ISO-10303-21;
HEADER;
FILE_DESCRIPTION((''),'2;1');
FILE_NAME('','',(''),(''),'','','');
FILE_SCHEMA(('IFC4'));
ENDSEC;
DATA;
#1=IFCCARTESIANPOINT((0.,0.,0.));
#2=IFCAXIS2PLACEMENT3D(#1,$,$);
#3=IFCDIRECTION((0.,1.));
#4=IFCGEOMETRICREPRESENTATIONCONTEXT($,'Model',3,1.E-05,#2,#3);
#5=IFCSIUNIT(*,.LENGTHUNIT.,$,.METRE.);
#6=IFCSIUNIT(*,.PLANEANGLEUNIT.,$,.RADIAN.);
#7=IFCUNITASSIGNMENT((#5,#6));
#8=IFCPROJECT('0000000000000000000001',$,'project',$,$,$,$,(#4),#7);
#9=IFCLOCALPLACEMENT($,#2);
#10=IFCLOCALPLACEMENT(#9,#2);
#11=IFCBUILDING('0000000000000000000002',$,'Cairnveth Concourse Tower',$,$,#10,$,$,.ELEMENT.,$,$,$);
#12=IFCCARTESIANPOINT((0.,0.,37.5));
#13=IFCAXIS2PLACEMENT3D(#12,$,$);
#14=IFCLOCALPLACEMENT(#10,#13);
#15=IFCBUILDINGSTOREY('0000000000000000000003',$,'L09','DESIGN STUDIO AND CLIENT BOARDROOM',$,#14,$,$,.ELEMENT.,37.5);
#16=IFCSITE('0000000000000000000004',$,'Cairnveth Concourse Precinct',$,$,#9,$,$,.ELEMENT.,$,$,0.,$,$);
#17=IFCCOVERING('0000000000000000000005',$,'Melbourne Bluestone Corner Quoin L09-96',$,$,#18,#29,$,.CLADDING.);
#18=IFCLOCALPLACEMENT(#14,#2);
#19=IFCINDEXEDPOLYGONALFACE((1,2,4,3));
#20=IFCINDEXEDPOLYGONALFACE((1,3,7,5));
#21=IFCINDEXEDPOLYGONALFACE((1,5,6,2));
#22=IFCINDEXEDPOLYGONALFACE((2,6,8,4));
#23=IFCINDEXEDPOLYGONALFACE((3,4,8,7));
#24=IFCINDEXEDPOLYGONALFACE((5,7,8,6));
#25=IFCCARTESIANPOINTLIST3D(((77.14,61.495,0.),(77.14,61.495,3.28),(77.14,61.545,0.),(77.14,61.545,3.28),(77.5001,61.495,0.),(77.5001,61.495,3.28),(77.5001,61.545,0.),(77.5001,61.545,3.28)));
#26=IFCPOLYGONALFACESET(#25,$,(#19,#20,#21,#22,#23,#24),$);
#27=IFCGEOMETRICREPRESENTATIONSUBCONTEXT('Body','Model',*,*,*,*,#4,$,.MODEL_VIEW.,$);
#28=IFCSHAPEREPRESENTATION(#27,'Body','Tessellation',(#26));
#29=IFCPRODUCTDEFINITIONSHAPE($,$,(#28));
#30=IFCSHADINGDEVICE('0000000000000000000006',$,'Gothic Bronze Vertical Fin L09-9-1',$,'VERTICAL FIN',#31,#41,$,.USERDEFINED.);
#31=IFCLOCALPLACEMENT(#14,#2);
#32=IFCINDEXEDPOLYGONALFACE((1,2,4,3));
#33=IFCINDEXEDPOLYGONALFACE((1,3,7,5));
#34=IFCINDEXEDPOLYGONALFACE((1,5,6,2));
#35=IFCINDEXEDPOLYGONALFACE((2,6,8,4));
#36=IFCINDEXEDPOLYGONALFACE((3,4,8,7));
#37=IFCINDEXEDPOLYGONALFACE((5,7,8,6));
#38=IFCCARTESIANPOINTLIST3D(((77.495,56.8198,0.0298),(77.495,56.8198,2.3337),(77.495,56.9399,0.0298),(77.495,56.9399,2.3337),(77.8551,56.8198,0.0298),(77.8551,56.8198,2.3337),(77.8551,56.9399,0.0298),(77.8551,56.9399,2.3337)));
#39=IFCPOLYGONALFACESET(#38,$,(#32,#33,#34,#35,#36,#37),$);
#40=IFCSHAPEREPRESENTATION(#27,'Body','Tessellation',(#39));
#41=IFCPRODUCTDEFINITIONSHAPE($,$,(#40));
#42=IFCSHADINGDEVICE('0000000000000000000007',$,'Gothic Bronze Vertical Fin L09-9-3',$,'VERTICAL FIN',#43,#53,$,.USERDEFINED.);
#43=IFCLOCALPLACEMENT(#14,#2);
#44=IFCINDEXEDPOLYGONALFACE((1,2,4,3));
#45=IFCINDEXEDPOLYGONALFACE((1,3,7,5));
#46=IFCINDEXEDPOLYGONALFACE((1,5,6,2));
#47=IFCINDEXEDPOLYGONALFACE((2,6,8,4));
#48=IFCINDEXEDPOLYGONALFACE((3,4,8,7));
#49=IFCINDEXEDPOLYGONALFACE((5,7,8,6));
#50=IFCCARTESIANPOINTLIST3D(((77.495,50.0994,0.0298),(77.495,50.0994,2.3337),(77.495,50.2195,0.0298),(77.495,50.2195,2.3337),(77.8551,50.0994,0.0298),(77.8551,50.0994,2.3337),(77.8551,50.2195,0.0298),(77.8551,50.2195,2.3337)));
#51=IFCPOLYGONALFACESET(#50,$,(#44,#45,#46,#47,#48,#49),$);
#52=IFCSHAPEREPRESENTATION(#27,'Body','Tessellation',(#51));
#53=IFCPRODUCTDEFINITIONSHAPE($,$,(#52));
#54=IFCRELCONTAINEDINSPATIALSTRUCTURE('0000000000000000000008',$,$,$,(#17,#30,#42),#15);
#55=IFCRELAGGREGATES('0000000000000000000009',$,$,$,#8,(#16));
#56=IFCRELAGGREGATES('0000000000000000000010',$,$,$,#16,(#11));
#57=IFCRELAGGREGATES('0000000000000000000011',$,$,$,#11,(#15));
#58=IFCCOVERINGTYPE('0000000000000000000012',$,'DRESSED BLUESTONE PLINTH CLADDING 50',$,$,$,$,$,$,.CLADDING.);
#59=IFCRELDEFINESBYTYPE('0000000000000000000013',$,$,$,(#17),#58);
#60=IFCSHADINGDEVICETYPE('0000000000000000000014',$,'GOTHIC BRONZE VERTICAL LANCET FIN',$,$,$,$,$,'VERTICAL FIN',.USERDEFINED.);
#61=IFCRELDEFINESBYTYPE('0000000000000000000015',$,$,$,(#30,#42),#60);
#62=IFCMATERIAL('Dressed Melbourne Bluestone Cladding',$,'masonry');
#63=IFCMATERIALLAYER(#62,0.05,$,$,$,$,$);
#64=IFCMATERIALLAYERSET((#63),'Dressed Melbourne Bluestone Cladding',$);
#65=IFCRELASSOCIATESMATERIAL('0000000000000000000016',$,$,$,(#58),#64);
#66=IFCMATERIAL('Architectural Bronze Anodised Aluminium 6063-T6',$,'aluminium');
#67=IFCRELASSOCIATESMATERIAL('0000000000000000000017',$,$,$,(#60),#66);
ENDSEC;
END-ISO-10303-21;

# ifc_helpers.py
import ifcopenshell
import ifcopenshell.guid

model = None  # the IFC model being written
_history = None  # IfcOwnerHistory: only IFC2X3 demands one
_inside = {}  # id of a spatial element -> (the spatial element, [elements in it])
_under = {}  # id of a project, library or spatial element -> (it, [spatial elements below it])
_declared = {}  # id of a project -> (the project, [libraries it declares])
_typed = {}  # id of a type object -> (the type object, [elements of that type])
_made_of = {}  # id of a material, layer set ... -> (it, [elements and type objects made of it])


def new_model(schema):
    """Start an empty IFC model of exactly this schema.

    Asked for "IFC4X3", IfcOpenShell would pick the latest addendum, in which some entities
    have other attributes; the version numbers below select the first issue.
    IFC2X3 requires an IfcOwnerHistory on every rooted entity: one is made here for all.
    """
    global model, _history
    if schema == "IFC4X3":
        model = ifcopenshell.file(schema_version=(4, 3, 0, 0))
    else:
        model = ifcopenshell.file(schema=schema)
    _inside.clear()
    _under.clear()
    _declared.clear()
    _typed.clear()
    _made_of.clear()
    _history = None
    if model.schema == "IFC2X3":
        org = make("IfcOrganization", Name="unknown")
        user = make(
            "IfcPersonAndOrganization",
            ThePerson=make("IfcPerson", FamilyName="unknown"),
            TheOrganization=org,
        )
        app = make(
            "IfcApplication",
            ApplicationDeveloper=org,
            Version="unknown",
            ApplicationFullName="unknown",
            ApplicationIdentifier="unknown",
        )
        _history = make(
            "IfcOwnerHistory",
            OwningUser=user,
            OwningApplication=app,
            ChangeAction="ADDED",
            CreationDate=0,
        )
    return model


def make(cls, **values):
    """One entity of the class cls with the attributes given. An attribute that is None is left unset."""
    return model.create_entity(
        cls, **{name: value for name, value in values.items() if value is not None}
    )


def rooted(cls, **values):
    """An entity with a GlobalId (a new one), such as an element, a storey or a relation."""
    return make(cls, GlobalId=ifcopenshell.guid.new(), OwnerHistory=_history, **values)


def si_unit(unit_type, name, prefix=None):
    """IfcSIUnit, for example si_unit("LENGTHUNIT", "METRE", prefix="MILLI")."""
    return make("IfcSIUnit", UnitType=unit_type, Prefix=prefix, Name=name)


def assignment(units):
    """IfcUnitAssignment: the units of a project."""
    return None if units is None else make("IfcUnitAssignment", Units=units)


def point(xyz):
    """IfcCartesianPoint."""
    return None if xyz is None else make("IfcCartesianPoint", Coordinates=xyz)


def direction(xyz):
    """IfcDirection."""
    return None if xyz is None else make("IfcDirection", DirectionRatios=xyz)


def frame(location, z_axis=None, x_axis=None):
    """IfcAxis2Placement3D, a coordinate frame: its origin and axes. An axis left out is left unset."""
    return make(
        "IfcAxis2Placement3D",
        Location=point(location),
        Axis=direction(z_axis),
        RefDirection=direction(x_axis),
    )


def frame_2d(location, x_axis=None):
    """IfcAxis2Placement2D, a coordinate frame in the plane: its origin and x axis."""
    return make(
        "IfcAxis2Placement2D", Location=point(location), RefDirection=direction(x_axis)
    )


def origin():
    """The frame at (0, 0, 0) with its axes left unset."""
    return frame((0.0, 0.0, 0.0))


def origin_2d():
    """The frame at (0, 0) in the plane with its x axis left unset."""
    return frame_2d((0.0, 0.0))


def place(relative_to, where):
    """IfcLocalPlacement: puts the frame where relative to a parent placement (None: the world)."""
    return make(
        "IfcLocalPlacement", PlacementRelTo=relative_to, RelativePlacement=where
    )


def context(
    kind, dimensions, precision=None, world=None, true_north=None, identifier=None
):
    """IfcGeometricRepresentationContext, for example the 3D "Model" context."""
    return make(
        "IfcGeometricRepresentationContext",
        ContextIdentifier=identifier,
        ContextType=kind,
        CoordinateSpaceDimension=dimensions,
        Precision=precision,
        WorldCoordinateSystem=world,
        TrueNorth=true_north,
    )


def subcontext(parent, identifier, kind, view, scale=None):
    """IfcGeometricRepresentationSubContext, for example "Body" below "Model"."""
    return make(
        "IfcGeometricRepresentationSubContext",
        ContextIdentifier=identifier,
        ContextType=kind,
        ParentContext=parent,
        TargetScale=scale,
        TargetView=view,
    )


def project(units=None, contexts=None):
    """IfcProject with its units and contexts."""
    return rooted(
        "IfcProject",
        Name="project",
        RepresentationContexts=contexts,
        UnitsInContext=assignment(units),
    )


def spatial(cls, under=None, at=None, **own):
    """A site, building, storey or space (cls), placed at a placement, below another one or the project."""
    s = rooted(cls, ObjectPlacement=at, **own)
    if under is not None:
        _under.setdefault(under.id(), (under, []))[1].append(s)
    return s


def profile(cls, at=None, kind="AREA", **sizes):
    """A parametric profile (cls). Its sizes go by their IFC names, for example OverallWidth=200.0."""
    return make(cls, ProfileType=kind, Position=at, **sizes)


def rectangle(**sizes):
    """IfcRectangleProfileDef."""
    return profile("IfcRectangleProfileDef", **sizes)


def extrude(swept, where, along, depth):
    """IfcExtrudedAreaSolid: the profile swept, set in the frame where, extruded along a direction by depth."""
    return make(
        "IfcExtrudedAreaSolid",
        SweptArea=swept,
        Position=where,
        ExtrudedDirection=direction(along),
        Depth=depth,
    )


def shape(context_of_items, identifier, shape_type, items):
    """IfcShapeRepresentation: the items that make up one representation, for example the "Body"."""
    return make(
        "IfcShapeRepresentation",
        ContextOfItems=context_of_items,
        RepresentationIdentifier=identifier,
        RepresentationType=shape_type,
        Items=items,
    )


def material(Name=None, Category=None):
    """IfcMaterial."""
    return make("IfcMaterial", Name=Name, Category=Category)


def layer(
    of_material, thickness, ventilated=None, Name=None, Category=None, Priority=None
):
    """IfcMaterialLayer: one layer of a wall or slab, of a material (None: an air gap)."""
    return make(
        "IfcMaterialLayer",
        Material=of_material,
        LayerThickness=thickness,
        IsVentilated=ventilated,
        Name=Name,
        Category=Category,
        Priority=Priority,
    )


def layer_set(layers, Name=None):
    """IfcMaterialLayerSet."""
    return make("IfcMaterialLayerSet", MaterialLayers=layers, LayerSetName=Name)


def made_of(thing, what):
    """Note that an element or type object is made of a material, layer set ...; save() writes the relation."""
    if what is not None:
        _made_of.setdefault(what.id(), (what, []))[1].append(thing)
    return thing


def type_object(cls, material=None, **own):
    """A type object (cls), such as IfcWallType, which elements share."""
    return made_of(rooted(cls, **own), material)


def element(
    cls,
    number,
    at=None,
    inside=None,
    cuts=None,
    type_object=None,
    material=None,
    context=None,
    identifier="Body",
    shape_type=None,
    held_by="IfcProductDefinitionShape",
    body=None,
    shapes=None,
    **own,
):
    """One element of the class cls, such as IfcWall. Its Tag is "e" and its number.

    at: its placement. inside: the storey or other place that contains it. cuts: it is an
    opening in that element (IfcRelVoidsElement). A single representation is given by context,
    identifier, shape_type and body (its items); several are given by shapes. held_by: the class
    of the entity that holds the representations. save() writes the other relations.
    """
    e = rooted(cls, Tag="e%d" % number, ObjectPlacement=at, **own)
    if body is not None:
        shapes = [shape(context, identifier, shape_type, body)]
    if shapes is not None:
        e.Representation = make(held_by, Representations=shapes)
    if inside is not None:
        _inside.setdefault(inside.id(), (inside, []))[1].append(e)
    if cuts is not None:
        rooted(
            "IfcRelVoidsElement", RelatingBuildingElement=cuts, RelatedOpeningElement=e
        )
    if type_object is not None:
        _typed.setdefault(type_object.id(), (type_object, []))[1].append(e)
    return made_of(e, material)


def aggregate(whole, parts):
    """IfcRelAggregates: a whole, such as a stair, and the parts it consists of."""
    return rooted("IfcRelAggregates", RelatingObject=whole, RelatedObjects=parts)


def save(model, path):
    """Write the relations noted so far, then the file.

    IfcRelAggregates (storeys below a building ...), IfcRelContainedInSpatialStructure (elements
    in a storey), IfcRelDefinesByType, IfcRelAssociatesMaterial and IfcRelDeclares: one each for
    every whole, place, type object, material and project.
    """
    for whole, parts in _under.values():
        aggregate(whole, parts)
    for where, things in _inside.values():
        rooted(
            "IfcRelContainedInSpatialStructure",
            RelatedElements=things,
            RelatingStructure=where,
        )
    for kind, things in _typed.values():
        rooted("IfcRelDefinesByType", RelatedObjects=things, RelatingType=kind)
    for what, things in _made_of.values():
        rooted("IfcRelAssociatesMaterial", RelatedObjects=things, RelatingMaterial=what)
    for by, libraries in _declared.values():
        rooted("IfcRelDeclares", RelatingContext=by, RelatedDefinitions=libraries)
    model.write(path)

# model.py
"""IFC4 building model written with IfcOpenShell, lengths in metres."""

from ifc_helpers import new_model, si_unit, direction, frame, frame_2d, origin, origin_2d, place, context, subcontext, project, spatial, rectangle, extrude, material, layer, layer_set, type_object, element, save


model = new_model("IFC4")

# Units and contexts
model_context = context("Model", 3, precision=1e-05, world=origin(), true_north=direction((0.0, 1.0)))
body_context = subcontext(model_context, "Body", "Model", "MODEL_VIEW")
ifc_project = project(units=[si_unit("LENGTHUNIT", "METRE"), si_unit("PLANEANGLEUNIT", "RADIAN")], contexts=[model_context])

# Site, building, storey
site_placement = place(None, origin())
site = spatial("IfcSite", under=ifc_project, at=site_placement, Name="Cairnveth Concourse Precinct", CompositionType="ELEMENT", RefElevation=0.0)
building_placement = place(site_placement, origin())
building = spatial("IfcBuilding", under=site, at=building_placement, Name="Cairnveth Concourse Tower", CompositionType="ELEMENT")
storey_placement = place(building_placement, frame((0.0, 0.0, 37.5)))
storey = spatial("IfcBuildingStorey", under=building, at=storey_placement, Name="L09", Description="DESIGN STUDIO AND CLIENT BOARDROOM", CompositionType="ELEMENT", Elevation=37.5)

# Covering
ifc_material_1 = material(Name="Dressed Melbourne Bluestone Cladding", Category="masonry")
ifc_layer_1 = layer(ifc_material_1, 0.05)
ifc_layer_set_1 = layer_set([ifc_layer_1], Name="Dressed Melbourne Bluestone Cladding")
covering_type = type_object("IfcCoveringType", Name="DRESSED BLUESTONE PLINTH CLADDING 50", PredefinedType="CLADDING", material=ifc_layer_set_1)
covering_placement = place(storey_placement, frame((77.1399, 61.52, 0.0), z_axis=(0.0, 0.0, 1.0), x_axis=(1.0, 0.0, 0.0)))
element("IfcCovering", 1, at=covering_placement, inside=storey, type_object=covering_type, Name="Melbourne Bluestone Corner Quoin L09-96", PredefinedType="CLADDING", context=body_context, shape_type="SweptSolid", body=[
    extrude(rectangle(XDim=0.3601, YDim=0.05, at=frame_2d((0.1802, 0.0))), origin(), (0.0, 0.0, 1.0), 3.28),
])

# Shading devices
ifc_material_2 = material(Name="Architectural Bronze Anodised Aluminium 6063-T6", Category="aluminium")
shading_device_type = type_object("IfcShadingDeviceType", Name="GOTHIC BRONZE VERTICAL LANCET FIN", ElementType="VERTICAL FIN", PredefinedType="USERDEFINED", material=ifc_material_2)
for number, where, z_axis, x_axis, name in (
    (2, (77.675, 56.8799, 0.0298), (0.0, 0.0, 1.0), (0.0, 1.0, 0.0), "Gothic Bronze Vertical Fin L09-9-1"),
    (3, (77.675, 50.1594, 0.0298), (0.0, 0.0, 1.0), (0.0, 1.0, 0.0), "Gothic Bronze Vertical Fin L09-9-3"),
):
    element("IfcShadingDevice", number, at=place(storey_placement, frame(where, z_axis=z_axis, x_axis=x_axis)), inside=storey, type_object=shading_device_type, Name=name, ObjectType="VERTICAL FIN", PredefinedType="USERDEFINED", context=body_context, shape_type="SweptSolid", body=[
        extrude(rectangle(XDim=0.1201, YDim=0.3601, at=origin_2d()), origin(), (0.0, 0.0, 1.0), 2.304),
    ])

save(model, "model.ifc")
